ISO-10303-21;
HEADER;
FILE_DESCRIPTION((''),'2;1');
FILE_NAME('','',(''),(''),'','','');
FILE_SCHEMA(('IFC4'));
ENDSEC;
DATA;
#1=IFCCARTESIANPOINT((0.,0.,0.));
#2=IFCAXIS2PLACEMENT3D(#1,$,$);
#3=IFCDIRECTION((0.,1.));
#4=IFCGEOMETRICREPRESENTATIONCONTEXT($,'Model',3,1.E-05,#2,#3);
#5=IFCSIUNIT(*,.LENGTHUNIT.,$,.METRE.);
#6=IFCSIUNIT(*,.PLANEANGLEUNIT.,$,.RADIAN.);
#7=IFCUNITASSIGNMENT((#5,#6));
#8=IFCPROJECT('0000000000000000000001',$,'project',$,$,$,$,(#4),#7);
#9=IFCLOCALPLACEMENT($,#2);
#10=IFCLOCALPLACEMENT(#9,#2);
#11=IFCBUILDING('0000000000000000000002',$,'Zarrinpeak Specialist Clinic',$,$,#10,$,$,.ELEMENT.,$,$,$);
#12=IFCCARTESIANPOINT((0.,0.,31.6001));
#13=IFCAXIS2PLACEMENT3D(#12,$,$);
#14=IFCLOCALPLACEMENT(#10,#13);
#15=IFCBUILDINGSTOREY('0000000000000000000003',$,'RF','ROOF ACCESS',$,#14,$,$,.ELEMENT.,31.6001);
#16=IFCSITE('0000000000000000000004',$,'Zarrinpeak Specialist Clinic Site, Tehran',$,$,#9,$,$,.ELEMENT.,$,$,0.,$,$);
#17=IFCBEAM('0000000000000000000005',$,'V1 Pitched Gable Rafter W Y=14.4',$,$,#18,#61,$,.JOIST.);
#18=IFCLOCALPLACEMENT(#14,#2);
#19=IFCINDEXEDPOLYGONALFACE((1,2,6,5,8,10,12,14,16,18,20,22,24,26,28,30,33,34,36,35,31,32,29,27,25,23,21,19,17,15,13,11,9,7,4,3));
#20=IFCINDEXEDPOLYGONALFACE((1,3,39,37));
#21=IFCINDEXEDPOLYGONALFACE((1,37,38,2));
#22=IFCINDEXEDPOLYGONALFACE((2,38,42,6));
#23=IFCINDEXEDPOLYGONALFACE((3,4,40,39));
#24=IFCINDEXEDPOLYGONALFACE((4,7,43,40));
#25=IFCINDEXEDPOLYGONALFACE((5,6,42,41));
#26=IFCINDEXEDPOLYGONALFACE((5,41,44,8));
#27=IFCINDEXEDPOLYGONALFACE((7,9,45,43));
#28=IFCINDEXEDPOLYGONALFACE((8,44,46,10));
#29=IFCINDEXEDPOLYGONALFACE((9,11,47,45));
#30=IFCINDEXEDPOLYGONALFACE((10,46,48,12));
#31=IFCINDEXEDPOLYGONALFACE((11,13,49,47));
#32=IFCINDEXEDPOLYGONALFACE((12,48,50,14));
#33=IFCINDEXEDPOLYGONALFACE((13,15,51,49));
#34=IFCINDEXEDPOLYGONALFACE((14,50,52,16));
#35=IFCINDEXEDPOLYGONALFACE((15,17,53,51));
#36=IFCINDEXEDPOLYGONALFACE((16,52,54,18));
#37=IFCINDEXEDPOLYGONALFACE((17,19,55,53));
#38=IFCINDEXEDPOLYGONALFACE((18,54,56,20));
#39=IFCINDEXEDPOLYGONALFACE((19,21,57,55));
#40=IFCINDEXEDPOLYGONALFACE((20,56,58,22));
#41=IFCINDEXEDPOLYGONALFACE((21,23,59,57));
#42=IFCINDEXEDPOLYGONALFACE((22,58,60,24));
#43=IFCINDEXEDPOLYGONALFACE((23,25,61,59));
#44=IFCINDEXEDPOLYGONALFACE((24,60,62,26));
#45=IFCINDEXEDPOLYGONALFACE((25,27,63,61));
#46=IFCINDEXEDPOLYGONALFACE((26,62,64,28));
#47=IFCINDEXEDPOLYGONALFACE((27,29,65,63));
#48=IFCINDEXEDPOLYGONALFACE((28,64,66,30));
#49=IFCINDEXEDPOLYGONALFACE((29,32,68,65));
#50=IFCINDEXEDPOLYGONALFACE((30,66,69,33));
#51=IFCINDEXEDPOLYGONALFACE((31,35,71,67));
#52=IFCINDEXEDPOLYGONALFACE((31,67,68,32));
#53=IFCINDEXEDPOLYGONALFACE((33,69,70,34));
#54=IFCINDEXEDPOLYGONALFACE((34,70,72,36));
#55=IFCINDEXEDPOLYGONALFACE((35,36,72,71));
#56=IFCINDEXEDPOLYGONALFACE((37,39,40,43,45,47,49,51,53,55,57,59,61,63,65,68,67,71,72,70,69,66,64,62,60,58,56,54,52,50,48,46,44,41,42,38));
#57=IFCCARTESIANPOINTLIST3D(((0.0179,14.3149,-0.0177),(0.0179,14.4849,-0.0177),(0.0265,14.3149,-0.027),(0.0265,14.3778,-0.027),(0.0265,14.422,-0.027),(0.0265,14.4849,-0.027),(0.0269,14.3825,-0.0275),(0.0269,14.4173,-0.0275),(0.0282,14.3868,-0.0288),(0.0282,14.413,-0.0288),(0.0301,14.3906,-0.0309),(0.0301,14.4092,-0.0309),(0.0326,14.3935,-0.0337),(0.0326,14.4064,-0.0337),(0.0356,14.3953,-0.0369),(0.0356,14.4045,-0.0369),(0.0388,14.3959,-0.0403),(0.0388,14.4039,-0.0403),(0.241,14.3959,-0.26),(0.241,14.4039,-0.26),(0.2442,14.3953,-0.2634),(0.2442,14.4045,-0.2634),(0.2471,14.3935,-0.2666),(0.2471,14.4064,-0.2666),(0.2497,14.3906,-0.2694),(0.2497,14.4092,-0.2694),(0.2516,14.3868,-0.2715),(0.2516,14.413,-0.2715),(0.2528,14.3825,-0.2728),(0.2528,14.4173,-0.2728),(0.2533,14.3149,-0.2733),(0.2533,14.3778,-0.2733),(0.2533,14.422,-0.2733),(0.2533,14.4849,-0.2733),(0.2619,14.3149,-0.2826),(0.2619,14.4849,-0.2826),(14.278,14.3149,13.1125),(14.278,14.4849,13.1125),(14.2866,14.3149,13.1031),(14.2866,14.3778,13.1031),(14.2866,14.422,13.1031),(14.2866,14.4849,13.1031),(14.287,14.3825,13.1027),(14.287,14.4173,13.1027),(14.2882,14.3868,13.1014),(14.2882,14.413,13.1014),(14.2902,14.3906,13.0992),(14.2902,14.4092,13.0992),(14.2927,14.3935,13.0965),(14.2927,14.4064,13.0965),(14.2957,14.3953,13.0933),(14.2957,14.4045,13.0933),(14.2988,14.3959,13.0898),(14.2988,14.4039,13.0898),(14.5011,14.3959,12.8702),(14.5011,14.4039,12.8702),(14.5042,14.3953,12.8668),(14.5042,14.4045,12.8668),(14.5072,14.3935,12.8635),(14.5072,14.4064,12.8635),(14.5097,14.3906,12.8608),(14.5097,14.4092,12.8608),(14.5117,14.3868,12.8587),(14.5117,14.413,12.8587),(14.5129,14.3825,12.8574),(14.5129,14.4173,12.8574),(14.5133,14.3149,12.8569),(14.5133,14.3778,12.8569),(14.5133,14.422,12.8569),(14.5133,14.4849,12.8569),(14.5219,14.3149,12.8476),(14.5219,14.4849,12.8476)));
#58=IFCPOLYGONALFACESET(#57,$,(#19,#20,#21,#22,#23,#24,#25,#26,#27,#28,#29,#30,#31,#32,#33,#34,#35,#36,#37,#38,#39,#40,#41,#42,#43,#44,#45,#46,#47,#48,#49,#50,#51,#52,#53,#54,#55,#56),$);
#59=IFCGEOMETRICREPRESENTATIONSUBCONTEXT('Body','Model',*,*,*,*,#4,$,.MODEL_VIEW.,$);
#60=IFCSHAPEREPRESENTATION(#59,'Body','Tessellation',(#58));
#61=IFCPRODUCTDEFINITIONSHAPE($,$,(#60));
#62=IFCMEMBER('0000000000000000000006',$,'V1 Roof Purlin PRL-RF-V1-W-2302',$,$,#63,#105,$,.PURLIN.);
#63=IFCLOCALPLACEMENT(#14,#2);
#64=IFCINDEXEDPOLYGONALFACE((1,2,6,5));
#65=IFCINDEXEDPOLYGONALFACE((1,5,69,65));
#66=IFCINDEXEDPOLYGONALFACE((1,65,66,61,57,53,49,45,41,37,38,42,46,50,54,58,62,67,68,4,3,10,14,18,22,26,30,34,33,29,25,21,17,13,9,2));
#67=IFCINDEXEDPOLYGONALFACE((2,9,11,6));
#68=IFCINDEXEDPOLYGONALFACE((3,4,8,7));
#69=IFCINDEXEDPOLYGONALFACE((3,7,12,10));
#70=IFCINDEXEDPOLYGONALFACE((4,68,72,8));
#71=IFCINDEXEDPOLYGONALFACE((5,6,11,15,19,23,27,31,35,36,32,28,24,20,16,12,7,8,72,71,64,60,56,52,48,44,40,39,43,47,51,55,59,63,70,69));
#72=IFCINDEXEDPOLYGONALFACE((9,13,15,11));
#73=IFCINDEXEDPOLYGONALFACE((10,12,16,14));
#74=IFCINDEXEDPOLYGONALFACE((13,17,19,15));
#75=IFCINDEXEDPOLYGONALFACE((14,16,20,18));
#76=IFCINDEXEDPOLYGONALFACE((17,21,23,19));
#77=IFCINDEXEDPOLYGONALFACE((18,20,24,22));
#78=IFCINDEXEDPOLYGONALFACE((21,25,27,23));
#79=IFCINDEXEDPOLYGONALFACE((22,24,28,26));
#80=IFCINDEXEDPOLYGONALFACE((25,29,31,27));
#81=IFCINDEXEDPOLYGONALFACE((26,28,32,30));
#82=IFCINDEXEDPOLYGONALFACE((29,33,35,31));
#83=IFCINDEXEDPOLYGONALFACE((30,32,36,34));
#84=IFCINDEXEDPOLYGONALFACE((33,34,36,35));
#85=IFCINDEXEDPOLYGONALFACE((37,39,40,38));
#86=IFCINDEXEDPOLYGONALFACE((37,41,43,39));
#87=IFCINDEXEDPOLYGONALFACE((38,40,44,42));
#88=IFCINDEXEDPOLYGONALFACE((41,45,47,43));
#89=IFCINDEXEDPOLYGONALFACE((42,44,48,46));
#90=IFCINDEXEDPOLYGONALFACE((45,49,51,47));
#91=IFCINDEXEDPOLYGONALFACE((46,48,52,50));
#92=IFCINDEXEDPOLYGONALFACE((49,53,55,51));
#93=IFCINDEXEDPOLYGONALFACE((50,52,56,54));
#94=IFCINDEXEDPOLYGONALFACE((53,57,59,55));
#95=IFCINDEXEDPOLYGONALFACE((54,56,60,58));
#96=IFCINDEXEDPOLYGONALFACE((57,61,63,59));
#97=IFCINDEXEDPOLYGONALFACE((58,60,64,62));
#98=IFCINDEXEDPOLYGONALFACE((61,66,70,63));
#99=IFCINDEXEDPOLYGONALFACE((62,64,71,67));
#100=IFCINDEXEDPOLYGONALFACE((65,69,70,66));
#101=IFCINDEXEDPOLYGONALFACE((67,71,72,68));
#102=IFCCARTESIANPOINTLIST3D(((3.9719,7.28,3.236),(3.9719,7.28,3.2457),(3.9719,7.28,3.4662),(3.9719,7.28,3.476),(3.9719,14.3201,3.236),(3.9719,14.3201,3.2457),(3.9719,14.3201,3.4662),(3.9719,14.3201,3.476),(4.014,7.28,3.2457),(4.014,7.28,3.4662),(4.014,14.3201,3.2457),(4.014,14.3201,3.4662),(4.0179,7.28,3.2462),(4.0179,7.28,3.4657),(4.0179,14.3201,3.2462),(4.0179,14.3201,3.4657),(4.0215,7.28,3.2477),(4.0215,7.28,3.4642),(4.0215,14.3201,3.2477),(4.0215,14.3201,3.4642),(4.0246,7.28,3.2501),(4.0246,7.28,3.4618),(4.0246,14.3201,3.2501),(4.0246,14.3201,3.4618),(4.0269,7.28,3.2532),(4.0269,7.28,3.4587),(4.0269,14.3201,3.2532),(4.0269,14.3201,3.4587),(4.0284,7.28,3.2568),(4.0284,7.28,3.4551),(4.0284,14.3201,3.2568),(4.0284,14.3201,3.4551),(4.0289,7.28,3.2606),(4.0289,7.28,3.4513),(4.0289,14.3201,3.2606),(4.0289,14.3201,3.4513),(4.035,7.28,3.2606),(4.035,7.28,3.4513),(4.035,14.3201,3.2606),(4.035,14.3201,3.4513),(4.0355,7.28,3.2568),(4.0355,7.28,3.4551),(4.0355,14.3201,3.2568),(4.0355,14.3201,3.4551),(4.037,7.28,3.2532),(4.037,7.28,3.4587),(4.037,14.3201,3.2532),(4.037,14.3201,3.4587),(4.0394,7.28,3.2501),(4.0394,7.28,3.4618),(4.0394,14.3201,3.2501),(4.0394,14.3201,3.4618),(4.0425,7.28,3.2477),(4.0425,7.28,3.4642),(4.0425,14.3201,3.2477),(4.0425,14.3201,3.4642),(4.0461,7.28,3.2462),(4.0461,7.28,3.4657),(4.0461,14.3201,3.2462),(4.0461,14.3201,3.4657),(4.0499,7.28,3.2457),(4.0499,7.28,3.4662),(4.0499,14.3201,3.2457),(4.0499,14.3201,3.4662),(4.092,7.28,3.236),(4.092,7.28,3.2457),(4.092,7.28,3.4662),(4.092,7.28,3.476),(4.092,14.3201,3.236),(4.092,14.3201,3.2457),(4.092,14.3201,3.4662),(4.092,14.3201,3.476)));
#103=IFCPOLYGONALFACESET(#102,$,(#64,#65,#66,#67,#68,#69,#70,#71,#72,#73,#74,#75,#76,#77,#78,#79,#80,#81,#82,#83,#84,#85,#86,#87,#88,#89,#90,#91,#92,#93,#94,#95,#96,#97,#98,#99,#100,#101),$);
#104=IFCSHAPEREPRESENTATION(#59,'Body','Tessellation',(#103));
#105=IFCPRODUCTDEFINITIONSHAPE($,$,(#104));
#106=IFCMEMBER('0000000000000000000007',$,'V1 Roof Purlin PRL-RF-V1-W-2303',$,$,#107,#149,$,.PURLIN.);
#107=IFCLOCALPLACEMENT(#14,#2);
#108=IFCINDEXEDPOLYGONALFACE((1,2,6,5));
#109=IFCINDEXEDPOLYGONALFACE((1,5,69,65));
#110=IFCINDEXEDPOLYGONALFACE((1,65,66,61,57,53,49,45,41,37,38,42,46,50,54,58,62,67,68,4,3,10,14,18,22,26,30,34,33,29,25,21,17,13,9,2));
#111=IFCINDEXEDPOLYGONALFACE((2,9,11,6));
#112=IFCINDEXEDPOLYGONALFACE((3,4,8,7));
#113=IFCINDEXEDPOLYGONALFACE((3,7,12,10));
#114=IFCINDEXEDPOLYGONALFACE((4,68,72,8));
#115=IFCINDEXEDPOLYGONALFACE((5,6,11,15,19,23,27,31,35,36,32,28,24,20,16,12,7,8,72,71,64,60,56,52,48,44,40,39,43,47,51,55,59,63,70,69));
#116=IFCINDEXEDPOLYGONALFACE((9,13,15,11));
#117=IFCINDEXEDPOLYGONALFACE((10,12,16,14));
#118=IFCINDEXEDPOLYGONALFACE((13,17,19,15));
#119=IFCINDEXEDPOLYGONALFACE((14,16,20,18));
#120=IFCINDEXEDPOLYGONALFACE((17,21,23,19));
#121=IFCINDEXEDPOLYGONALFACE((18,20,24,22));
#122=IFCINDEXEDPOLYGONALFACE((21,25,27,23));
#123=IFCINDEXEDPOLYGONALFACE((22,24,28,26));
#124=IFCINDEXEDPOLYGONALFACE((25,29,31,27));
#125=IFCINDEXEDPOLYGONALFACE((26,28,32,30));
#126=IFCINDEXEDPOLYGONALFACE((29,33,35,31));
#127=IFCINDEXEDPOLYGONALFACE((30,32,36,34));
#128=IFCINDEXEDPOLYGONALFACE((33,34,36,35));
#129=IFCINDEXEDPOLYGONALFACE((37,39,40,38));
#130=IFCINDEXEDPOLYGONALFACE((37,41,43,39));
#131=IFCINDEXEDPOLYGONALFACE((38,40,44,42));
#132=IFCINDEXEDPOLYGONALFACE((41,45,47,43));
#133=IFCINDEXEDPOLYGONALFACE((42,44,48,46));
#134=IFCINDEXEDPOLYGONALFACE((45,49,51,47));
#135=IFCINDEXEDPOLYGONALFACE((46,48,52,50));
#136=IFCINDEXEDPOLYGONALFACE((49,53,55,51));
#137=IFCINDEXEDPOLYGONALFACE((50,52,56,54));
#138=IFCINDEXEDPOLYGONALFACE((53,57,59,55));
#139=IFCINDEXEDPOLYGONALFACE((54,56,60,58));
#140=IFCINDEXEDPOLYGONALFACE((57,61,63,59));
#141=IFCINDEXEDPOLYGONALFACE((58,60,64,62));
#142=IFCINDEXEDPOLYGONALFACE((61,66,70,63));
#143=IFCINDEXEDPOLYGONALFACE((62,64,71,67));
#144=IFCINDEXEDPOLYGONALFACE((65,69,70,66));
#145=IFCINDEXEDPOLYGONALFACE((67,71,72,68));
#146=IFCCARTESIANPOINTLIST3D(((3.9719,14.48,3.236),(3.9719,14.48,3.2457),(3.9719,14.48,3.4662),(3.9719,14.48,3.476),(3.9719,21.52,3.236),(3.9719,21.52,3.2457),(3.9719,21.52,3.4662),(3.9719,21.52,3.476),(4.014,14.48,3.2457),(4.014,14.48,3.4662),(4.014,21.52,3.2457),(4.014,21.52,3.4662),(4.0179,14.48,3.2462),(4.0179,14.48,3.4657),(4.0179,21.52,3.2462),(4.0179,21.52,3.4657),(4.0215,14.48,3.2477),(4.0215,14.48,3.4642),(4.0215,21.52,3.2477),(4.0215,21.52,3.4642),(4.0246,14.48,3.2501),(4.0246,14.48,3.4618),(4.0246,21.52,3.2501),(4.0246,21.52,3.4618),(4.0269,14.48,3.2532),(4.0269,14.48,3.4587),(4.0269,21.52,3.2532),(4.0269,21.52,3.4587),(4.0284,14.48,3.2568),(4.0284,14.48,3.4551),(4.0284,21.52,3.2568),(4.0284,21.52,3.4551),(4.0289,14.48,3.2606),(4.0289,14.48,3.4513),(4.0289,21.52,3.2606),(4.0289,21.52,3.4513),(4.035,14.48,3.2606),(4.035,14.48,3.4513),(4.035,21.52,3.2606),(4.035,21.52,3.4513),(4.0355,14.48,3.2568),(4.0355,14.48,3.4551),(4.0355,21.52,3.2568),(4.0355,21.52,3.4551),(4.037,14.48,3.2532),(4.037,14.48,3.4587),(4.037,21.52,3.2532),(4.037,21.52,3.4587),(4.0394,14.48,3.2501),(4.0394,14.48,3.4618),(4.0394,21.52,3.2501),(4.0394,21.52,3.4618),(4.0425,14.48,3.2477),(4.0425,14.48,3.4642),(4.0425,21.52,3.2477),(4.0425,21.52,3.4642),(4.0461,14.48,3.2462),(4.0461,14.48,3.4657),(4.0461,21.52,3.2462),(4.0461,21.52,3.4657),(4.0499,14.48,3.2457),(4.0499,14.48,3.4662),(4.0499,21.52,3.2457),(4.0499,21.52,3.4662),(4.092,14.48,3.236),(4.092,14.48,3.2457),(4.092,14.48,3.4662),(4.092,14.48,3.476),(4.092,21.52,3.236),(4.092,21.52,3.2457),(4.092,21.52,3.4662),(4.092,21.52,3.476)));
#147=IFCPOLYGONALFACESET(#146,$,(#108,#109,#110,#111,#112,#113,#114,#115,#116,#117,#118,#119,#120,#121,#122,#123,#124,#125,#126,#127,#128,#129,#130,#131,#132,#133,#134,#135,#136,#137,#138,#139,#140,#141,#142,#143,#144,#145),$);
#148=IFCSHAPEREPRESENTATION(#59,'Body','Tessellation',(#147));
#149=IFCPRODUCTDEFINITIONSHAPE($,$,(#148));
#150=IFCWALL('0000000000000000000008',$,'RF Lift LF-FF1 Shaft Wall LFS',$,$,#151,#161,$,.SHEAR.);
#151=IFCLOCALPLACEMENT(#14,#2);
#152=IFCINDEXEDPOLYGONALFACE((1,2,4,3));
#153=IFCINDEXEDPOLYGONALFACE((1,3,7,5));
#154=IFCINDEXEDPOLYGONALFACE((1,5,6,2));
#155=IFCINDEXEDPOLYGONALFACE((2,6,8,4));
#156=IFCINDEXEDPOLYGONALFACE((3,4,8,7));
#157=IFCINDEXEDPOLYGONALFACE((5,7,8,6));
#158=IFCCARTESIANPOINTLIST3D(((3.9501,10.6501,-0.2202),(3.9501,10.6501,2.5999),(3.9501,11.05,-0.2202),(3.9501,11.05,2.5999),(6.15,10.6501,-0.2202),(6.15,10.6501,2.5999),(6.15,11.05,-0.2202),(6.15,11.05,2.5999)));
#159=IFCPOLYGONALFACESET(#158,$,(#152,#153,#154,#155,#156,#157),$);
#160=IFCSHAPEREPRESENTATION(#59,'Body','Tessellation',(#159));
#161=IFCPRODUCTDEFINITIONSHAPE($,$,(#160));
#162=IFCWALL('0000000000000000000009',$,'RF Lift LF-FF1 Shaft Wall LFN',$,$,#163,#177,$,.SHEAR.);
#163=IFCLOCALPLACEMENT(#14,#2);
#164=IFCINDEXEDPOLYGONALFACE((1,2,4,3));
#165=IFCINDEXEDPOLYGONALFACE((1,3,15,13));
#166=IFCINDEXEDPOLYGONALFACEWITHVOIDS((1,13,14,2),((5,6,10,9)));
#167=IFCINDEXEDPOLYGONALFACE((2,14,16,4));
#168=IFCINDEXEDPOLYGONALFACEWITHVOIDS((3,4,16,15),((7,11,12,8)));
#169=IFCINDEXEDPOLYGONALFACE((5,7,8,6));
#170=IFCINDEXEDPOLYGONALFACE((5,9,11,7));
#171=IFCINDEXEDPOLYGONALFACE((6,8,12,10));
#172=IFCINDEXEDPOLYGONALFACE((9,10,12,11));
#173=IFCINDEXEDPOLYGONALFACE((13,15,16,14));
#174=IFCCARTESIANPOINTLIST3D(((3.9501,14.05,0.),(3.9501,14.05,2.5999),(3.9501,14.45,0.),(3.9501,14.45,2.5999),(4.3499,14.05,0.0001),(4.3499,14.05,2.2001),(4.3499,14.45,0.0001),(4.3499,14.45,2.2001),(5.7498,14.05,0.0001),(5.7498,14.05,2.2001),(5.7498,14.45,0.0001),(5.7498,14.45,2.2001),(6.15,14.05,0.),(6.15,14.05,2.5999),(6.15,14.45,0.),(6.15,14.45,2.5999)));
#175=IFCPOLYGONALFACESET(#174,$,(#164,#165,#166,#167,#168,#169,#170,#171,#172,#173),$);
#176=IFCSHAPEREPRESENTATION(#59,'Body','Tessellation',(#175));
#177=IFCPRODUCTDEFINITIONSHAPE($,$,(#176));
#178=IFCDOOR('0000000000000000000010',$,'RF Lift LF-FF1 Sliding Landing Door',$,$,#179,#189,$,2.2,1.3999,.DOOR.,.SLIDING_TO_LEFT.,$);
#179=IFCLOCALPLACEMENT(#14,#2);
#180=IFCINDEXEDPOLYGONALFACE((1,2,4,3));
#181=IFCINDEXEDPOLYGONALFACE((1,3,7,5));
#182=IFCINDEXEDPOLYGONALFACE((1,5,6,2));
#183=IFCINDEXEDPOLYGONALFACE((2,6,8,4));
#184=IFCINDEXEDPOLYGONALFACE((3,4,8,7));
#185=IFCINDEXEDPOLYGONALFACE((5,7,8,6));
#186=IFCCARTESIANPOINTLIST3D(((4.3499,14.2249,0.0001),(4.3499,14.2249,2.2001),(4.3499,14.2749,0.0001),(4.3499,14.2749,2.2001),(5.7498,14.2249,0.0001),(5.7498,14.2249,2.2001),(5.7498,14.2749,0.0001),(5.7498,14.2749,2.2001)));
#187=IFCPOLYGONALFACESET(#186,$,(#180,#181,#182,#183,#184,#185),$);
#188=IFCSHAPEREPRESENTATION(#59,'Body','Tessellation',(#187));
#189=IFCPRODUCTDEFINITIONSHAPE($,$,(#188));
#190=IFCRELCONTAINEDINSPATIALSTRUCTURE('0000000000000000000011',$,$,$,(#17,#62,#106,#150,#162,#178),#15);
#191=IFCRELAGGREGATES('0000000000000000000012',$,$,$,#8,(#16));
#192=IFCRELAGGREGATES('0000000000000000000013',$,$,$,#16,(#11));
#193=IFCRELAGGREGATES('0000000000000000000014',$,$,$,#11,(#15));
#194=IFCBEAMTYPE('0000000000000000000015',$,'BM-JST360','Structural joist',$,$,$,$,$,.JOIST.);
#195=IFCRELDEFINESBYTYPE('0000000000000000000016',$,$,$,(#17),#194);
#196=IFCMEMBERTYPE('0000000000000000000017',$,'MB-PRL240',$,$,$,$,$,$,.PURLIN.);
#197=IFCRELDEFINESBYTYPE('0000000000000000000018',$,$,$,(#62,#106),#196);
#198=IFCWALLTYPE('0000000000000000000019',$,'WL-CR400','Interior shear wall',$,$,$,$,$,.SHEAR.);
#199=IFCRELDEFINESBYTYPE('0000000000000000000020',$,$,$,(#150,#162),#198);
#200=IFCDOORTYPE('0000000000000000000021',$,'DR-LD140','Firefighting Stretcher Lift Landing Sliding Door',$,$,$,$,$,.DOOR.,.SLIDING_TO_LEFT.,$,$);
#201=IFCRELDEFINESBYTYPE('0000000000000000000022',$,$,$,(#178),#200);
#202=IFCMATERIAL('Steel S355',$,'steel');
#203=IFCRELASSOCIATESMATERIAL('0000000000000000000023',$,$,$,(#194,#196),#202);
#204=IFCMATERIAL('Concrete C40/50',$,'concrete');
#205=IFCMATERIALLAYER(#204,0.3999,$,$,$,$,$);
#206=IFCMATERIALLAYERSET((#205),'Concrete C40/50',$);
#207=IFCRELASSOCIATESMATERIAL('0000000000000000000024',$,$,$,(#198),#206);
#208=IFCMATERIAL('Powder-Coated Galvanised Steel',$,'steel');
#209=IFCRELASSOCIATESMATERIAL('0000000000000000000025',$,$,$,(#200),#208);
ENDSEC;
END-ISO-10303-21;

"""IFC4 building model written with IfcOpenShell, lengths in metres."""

from ifc_helpers import new_model, si_unit, direction, frame, frame_2d, origin, origin_2d, place, context, subcontext, project, spatial, rectangle, i_section, extrude, material, layer, layer_set, material_profile, profile_set, type_object, element, fill, save


model = new_model("IFC4")

# Units and contexts
model_context = context("Model", 3, precision=1e-05, world=origin(), true_north=direction((0.0, 1.0)))
body_context = subcontext(model_context, "Body", "Model", "MODEL_VIEW")
ifc_project = project(units=[si_unit("LENGTHUNIT", "METRE"), si_unit("PLANEANGLEUNIT", "RADIAN")], contexts=[model_context])

# Site, building, storey
site_placement = place(None, origin())
site = spatial("IfcSite", under=ifc_project, at=site_placement, Name="Zarrinpeak Specialist Clinic Site, Tehran", CompositionType="ELEMENT", RefElevation=0.0)
building_placement = place(site_placement, origin())
building = spatial("IfcBuilding", under=site, at=building_placement, Name="Zarrinpeak Specialist Clinic", CompositionType="ELEMENT")
storey_placement = place(building_placement, frame((0.0, 0.0, 31.6001)))
storey = spatial("IfcBuildingStorey", under=building, at=storey_placement, Name="RF", Description="ROOF ACCESS", CompositionType="ELEMENT", Elevation=31.6001)

# Beam
ifc_material_1 = material(Name="Steel S355", Category="steel")
ifc_material_profile_1 = material_profile(ifc_material_1, i_section(OverallWidth=0.1699, OverallDepth=0.3601, WebThickness=0.0081, FlangeThickness=0.0127, FilletRadius=0.0181, at=origin_2d()), Name="IPE 360")
ifc_profile_set_1 = profile_set([ifc_material_profile_1], Name="Steel S355")
beam_type_1 = type_object("IfcBeamType", Name="BM-JST360", Description="Structural joist", PredefinedType="JOIST", material=ifc_profile_set_1)
beam_1_placement = place(storey_placement, frame((0.1399, 14.3999, -0.1501), z_axis=(0.73565, 0.0, 0.677362), x_axis=(0.0, 1.0, 0.0)))
element("IfcBeam", 1, at=beam_1_placement, inside=storey, type_object=beam_type_1, Name="V1 Pitched Gable Rafter W Y=14.4", PredefinedType="JOIST", context=body_context, shape_type="SweptSolid", body=[
    extrude(i_section(OverallWidth=0.1699, OverallDepth=0.3601, WebThickness=0.0081, FlangeThickness=0.0127, FilletRadius=0.0181, at=origin_2d()), origin(), (0.0, 0.0, 1.0), 19.3843),
])

# Members
ifc_material_profile_2 = material_profile(ifc_material_1, i_section(OverallWidth=0.1201, OverallDepth=0.24, WebThickness=0.0061, FlangeThickness=0.0098, FilletRadius=0.0149, at=origin_2d()), Name="IPE 240")
ifc_profile_set_2 = profile_set([ifc_material_profile_2], Name="Steel S355")
member_type = type_object("IfcMemberType", Name="MB-PRL240", PredefinedType="PURLIN", material=ifc_profile_set_2)
for number, where, z_axis, x_axis, name in (
    (2, (4.032, 7.28, 3.356), (0.0, 1.0, 0.0), (-1.0, 0.0, 0.0), "V1 Roof Purlin PRL-RF-V1-W-2302"),
    (3, (4.032, 14.48, 3.356), (0.0, 1.0, 0.0), (-1.0, 0.0, 0.0), "V1 Roof Purlin PRL-RF-V1-W-2303"),
):
    element("IfcMember", number, at=place(storey_placement, frame(where, z_axis=z_axis, x_axis=x_axis)), inside=storey, type_object=member_type, Name=name, PredefinedType="PURLIN", context=body_context, shape_type="SweptSolid", body=[
        extrude(i_section(OverallWidth=0.1201, OverallDepth=0.24, WebThickness=0.0061, FlangeThickness=0.0098, FilletRadius=0.0149, at=origin_2d()), origin(), (0.0, 0.0, 1.0), 7.04),
    ])

# Wall
ifc_material_2 = material(Name="Concrete C40/50", Category="concrete")
ifc_layer_1 = layer(ifc_material_2, 0.3999)
ifc_layer_set_1 = layer_set([ifc_layer_1], Name="Concrete C40/50")
wall_type_1 = type_object("IfcWallType", Name="WL-CR400", Description="Interior shear wall", PredefinedType="SHEAR", material=ifc_layer_set_1)
wall_1_placement = place(storey_placement, frame((3.95, 10.8501, -0.2202), z_axis=(0.0, 0.0, 1.0), x_axis=(1.0, 0.0, 0.0)))
element("IfcWall", 4, at=wall_1_placement, inside=storey, type_object=wall_type_1, Name="RF Lift LF-FF1 Shaft Wall LFS", PredefinedType="SHEAR", context=body_context, shape_type="SweptSolid", body=[
    extrude(rectangle(XDim=2.2, YDim=0.3999, at=frame_2d((1.1001, 0.0))), origin(), (0.0, 0.0, 1.0), 2.8201),
])

# Wall, opening, door
wall_2_placement = place(storey_placement, frame((3.95, 14.25, 0.0), z_axis=(0.0, 0.0, 1.0), x_axis=(1.0, 0.0, 0.0)))
wall_2 = element("IfcWall", 5, at=wall_2_placement, inside=storey, type_object=wall_type_1, Name="RF Lift LF-FF1 Shaft Wall LFN", PredefinedType="SHEAR", context=body_context, shape_type="SweptSolid", body=[
    extrude(rectangle(XDim=2.2, YDim=0.3999, at=frame_2d((1.1001, 0.0))), origin(), (0.0, 0.0, 1.0), 2.5999),
])
opening_placement = place(wall_2_placement, frame((0.3999, 0.0, 0.0)))
opening = element("IfcOpeningElement", 6, at=opening_placement, cuts=wall_2, PredefinedType="OPENING", context=body_context, shape_type="SweptSolid", body=[
    extrude(rectangle(XDim=1.3999, YDim=2.2, at=frame_2d((0.7, 1.1001))), frame((0.0, 0.21, 0.0), z_axis=(0.0, -1.0, 0.0), x_axis=(1.0, 0.0, 0.0)), (0.0, 0.0, 1.0), 0.4199),
])
ifc_material_3 = material(Name="Powder-Coated Galvanised Steel", Category="steel")
door_type = type_object("IfcDoorType", Name="DR-LD140", Description="Firefighting Stretcher Lift Landing Sliding Door", OperationType="SLIDING_TO_LEFT", PredefinedType="DOOR", material=ifc_material_3)
door_placement = place(opening_placement, origin())
door = element("IfcDoor", 7, at=door_placement, inside=storey, type_object=door_type, Name="RF Lift LF-FF1 Sliding Landing Door", OperationType="SLIDING_TO_LEFT", OverallHeight=2.2, OverallWidth=1.3999, PredefinedType="DOOR", context=body_context, shape_type="SweptSolid", body=[
    extrude(rectangle(XDim=1.3999, YDim=2.2, at=frame_2d((0.7, 1.1001))), frame((0.0, 0.0249, 0.0), z_axis=(0.0, -1.0, 0.0), x_axis=(1.0, 0.0, 0.0)), (0.0, 0.0, 1.0), 0.05),
])
fill(opening, door)

save(model, "model.ifc")
